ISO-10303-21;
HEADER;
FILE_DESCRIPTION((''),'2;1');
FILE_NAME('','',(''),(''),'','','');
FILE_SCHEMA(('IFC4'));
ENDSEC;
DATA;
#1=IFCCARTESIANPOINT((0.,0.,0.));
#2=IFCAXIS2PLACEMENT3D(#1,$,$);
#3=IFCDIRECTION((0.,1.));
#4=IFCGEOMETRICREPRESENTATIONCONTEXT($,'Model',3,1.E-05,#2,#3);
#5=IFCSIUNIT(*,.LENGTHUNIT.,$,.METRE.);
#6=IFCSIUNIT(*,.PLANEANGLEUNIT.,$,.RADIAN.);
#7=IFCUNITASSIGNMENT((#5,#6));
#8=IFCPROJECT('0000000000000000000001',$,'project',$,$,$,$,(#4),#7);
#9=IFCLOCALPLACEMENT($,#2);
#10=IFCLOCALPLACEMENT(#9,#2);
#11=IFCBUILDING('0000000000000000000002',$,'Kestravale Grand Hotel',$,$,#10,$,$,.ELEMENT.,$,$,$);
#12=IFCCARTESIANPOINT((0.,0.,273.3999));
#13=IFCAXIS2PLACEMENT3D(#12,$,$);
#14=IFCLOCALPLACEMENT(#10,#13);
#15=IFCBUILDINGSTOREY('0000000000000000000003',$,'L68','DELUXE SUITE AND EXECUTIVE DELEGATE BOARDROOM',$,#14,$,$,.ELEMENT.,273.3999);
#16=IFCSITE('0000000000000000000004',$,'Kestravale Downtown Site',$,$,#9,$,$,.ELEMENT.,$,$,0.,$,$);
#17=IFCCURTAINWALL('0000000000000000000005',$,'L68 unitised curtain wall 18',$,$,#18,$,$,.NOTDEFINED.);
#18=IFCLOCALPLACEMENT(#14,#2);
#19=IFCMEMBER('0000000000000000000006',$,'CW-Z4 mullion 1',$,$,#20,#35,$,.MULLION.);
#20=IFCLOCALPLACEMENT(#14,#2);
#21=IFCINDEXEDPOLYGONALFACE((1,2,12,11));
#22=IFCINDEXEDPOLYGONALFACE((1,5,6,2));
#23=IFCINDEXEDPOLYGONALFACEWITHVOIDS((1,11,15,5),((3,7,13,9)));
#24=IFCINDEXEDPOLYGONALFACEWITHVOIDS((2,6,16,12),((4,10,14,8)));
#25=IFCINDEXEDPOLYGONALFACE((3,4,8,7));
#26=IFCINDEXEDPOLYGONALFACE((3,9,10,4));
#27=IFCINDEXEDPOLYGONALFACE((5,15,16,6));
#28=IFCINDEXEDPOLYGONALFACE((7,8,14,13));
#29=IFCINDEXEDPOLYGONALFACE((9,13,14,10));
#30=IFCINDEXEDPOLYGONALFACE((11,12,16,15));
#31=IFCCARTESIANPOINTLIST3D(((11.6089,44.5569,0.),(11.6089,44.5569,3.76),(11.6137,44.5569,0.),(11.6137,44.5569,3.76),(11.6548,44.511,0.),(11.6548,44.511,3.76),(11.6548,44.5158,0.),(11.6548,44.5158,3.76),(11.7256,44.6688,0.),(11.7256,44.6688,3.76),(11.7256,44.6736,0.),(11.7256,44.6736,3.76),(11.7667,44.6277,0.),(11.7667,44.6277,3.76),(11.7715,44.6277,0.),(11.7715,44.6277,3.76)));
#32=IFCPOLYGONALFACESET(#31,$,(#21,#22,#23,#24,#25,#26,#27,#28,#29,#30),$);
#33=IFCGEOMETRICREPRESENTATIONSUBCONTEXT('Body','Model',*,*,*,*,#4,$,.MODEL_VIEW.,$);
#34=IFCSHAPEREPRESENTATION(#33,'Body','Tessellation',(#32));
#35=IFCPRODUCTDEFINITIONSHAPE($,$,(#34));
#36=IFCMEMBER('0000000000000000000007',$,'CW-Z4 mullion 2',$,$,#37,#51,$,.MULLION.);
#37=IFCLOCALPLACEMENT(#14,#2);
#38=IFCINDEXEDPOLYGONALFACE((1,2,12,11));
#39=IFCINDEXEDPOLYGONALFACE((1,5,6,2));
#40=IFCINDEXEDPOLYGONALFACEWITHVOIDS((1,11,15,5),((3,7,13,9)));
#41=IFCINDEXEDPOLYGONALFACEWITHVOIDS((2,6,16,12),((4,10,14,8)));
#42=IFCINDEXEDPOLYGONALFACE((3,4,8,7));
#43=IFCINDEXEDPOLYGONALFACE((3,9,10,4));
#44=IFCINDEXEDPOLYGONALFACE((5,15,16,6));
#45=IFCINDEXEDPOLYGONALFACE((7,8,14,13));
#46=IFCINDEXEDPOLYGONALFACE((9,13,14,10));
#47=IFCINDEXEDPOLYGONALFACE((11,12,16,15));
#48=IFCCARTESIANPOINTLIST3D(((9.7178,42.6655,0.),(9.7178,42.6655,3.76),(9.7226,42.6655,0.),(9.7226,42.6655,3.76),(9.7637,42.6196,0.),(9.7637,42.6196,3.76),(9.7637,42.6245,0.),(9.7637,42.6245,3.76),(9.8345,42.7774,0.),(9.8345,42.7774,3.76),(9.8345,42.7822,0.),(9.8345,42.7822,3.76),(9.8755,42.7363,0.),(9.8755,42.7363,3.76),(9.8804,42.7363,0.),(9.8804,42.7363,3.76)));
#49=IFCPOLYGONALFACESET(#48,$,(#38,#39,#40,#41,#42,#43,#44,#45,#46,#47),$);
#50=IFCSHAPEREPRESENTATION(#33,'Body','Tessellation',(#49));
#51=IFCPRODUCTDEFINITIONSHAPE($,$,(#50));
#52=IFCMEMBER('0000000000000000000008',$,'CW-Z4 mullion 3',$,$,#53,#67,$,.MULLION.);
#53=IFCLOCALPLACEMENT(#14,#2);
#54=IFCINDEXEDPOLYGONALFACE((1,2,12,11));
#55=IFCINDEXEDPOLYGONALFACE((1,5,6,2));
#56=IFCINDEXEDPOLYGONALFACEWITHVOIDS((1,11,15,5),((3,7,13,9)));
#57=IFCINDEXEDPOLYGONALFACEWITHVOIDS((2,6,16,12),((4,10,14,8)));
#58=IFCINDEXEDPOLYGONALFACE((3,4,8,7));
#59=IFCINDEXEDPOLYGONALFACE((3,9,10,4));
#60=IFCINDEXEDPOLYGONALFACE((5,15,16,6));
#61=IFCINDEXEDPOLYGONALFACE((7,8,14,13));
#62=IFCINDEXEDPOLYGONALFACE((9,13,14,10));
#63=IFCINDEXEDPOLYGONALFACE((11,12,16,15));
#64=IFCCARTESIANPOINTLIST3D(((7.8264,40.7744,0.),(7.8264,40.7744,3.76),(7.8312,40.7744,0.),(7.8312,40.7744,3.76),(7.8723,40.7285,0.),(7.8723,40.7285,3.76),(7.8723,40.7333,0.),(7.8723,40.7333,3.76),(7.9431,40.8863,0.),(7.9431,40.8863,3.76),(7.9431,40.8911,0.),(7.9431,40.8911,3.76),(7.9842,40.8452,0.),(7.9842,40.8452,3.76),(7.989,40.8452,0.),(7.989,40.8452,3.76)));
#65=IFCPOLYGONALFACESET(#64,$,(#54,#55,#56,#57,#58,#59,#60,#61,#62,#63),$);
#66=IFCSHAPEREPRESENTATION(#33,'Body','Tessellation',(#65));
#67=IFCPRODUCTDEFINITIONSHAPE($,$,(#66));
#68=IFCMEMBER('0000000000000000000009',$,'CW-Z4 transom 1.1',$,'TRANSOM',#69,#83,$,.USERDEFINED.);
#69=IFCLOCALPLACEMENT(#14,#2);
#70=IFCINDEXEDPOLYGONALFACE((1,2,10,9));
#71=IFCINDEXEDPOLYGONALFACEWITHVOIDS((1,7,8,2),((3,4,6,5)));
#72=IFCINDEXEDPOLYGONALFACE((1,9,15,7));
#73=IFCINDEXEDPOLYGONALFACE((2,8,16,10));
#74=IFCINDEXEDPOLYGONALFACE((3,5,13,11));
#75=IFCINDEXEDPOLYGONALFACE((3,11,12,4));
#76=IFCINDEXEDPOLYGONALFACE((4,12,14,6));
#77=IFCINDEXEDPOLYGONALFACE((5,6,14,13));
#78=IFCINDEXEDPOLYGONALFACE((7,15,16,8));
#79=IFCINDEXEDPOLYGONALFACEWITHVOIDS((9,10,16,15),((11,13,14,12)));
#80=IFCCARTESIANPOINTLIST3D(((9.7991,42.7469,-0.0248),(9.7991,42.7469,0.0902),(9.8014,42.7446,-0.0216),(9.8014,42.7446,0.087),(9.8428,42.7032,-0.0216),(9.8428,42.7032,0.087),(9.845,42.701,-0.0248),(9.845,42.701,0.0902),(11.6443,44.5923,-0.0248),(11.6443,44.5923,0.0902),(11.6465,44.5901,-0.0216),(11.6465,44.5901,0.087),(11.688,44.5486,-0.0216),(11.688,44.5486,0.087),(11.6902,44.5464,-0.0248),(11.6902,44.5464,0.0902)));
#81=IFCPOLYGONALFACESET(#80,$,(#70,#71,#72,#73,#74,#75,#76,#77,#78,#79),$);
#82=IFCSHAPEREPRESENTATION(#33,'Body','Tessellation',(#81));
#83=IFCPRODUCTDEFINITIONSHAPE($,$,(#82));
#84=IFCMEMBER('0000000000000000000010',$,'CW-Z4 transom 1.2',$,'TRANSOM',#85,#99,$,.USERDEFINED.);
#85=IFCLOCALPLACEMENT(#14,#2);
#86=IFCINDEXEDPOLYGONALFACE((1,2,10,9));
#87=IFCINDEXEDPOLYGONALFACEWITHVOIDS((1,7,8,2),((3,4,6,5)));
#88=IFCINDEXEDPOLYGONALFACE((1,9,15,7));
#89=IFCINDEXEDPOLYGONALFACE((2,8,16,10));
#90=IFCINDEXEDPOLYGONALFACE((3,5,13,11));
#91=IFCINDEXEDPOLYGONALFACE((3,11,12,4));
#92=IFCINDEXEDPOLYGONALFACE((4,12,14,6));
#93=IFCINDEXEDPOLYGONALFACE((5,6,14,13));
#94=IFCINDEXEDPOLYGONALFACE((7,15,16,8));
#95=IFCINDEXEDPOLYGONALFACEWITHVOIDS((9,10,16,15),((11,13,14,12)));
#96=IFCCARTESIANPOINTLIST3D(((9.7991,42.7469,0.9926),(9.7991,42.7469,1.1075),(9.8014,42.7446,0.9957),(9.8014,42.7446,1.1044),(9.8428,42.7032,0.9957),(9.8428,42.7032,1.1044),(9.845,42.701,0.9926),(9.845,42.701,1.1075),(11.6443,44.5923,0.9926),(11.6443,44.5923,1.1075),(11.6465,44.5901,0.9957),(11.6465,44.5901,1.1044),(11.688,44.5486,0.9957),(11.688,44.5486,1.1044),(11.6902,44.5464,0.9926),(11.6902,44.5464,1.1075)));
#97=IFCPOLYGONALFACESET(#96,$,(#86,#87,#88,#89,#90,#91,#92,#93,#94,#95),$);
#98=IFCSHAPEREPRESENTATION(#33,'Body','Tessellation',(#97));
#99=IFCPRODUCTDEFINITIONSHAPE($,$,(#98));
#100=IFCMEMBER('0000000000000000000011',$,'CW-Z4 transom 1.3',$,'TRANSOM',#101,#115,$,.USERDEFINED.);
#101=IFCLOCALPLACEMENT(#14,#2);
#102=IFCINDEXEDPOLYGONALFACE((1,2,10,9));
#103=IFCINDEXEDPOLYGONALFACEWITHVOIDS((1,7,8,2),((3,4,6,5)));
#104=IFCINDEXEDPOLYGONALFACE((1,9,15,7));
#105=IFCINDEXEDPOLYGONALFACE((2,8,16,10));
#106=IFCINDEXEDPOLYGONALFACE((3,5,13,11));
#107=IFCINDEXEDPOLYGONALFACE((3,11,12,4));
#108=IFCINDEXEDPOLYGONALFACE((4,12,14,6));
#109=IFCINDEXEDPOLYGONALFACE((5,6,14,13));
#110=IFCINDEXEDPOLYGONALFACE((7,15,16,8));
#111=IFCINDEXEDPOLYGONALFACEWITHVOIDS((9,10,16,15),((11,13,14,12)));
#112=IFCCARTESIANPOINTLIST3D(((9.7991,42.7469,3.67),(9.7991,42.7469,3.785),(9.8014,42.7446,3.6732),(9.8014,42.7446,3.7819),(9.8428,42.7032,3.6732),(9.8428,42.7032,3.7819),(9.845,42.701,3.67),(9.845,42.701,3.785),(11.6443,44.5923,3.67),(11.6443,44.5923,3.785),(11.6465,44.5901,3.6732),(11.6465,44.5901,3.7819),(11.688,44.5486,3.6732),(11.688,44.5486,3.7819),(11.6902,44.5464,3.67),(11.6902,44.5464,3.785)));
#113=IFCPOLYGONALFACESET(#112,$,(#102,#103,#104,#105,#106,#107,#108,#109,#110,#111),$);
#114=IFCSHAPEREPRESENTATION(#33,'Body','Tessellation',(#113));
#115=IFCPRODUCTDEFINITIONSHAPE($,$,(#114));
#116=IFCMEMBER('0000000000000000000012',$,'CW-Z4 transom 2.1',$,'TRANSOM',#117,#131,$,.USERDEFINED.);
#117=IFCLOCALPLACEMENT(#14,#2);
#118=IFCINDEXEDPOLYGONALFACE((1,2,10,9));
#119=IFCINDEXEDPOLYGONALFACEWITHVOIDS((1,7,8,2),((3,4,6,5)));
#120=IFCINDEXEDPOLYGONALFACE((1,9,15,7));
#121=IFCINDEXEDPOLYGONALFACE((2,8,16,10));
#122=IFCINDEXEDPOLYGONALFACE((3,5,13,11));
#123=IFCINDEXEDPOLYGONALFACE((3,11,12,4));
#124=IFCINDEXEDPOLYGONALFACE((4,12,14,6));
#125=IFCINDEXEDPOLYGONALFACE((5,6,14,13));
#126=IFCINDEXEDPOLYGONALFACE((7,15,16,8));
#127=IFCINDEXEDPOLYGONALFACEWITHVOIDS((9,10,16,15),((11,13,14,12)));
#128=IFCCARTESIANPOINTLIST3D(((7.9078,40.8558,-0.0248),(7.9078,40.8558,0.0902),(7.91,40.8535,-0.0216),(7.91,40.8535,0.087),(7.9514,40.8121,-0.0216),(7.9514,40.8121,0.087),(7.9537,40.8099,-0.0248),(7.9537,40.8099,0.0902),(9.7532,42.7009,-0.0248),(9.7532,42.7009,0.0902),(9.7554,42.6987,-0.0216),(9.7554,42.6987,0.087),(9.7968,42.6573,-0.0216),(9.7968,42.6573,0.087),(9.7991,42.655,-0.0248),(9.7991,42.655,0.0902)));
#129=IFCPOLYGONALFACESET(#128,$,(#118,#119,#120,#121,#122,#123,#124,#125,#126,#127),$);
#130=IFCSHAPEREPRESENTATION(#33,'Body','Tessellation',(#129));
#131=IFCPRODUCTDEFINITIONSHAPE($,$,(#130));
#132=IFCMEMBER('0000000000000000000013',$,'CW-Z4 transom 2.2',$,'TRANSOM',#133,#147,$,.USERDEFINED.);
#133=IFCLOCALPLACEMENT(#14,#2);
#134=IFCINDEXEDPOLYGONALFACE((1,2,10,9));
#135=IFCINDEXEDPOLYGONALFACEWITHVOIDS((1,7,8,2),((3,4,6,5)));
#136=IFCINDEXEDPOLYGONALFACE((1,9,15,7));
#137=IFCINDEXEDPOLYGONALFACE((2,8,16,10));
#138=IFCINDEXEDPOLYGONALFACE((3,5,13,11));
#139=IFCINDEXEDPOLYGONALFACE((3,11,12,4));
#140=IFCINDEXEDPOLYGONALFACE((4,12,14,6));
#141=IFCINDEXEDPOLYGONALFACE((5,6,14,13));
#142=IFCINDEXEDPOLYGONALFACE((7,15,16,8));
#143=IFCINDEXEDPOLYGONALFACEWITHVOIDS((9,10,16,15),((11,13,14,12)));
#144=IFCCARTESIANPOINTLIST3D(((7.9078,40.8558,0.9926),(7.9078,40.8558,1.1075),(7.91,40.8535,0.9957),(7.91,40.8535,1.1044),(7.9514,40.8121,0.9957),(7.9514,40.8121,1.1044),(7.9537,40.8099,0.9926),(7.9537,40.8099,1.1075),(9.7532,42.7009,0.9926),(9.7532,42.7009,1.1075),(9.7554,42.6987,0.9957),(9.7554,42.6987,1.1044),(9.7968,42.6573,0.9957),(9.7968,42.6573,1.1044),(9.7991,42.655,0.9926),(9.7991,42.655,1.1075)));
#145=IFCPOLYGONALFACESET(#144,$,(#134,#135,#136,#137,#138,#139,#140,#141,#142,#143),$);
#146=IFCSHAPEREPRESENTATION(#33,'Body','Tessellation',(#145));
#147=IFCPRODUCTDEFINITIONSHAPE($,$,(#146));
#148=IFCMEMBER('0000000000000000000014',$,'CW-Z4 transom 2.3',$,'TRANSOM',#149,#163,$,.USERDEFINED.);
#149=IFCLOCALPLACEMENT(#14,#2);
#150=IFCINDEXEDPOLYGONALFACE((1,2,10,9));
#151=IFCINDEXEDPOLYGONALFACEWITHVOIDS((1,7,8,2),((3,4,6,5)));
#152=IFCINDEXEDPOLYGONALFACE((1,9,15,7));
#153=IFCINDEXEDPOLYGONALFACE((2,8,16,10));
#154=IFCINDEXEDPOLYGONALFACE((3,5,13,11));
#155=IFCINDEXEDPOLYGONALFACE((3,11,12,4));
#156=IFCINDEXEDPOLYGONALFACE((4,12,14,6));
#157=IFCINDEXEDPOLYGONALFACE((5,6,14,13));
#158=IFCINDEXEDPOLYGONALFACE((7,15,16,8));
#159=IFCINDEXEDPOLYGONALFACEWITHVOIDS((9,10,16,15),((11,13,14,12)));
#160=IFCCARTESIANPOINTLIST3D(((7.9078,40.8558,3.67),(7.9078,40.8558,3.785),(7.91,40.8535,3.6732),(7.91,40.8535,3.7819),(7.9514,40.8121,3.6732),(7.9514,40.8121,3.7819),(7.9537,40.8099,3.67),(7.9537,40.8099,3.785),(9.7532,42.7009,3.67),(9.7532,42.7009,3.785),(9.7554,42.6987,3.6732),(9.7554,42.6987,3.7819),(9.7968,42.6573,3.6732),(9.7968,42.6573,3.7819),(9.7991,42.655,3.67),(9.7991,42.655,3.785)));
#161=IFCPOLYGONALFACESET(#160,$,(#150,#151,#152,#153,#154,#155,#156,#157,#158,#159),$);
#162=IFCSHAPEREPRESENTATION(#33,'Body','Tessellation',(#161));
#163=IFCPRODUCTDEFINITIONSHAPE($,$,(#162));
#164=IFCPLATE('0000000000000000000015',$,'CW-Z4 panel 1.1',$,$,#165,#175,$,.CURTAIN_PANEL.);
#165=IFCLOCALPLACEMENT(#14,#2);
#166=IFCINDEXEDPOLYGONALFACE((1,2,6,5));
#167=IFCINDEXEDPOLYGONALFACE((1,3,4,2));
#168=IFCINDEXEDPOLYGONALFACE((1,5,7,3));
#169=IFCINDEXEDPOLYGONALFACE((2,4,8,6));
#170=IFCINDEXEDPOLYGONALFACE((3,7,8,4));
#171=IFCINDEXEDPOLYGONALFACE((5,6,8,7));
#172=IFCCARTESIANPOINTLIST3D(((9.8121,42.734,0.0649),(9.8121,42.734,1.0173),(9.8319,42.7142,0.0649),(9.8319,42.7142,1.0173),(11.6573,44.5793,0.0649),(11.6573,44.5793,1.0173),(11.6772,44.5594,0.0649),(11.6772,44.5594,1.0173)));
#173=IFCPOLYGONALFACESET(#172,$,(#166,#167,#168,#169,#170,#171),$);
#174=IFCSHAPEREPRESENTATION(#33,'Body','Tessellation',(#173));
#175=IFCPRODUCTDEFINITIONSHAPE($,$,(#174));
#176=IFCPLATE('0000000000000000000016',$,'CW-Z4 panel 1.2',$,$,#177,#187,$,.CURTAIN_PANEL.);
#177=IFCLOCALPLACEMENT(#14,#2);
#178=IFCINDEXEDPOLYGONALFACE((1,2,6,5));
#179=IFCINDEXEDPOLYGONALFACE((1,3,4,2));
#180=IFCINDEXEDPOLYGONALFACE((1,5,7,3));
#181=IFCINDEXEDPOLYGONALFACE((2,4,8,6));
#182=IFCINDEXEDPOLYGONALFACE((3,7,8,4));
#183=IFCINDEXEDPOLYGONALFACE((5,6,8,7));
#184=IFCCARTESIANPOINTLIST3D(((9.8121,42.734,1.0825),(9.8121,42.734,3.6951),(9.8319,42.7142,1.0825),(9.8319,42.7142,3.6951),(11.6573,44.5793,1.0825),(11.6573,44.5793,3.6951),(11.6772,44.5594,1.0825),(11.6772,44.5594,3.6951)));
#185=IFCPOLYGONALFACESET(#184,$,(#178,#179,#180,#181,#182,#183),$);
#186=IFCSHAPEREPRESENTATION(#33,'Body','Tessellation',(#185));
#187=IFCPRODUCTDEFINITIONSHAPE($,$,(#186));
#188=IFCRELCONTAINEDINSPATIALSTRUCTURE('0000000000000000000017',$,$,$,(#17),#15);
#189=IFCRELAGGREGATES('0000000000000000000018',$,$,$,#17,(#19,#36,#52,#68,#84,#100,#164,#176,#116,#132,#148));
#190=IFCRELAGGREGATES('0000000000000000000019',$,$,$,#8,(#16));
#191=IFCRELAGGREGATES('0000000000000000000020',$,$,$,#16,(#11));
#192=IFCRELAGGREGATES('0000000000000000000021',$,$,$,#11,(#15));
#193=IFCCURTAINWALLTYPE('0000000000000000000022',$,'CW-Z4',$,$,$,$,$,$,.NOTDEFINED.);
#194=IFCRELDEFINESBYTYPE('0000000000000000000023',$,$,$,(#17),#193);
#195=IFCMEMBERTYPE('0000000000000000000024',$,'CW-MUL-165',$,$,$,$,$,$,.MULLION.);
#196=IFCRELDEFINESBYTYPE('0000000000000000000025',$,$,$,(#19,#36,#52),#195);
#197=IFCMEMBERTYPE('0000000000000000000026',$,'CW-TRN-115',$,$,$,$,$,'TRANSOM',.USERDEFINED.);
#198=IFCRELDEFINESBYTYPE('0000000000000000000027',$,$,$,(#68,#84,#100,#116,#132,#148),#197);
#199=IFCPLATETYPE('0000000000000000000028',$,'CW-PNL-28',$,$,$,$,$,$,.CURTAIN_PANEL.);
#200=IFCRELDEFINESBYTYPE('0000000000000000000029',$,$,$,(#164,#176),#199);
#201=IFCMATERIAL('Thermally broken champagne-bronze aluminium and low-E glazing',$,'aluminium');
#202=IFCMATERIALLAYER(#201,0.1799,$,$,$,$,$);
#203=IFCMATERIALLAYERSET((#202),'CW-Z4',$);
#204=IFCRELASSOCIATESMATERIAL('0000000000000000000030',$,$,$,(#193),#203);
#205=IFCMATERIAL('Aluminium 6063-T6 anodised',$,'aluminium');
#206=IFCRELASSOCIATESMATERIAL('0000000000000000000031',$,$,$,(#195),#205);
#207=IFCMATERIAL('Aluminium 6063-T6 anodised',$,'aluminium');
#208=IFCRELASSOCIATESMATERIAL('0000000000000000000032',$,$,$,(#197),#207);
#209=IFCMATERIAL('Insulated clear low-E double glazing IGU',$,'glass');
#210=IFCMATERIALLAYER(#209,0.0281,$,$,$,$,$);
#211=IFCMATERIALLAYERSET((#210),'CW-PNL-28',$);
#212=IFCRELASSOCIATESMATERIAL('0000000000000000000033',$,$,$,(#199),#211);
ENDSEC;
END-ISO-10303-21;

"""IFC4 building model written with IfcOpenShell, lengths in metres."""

from ifc_helpers import new_model, si_unit, direction, frame, origin, origin_2d, place, context, subcontext, project, spatial, rectangle, hollow_rectangle, extrude, material, layer, layer_set, material_profile, profile_set, type_object, element, aggregate, save


model = new_model("IFC4")

# Units and contexts
model_context = context("Model", 3, precision=1e-05, world=origin(), true_north=direction((0.0, 1.0)))
body_context = subcontext(model_context, "Body", "Model", "MODEL_VIEW")
ifc_project = project(units=[si_unit("LENGTHUNIT", "METRE"), si_unit("PLANEANGLEUNIT", "RADIAN")], contexts=[model_context])

# Site, building, storey
site_placement = place(None, origin())
site = spatial("IfcSite", under=ifc_project, at=site_placement, Name="Kestravale Downtown Site", CompositionType="ELEMENT", RefElevation=0.0)
building_placement = place(site_placement, origin())
building = spatial("IfcBuilding", under=site, at=building_placement, Name="Kestravale Grand Hotel", CompositionType="ELEMENT")
storey_placement = place(building_placement, frame((0.0, 0.0, 273.3999)))
storey = spatial("IfcBuildingStorey", under=building, at=storey_placement, Name="L68", Description="DELUXE SUITE AND EXECUTIVE DELEGATE BOARDROOM", CompositionType="ELEMENT", Elevation=273.3999)

# Curtain wall, members, plates
ifc_material_1 = material(Name="Thermally broken champagne-bronze aluminium and low-E glazing", Category="aluminium")
ifc_layer_1 = layer(ifc_material_1, 0.1799)
ifc_layer_set_1 = layer_set([ifc_layer_1], Name="CW-Z4")
curtain_wall_type = type_object("IfcCurtainWallType", Name="CW-Z4", PredefinedType="NOTDEFINED", material=ifc_layer_set_1)
curtain_wall_placement = place(storey_placement, origin())
curtain_wall = element("IfcCurtainWall", 1, at=curtain_wall_placement, inside=storey, type_object=curtain_wall_type, Name="L68 unitised curtain wall 18", PredefinedType="NOTDEFINED")
ifc_material_2 = material(Name="Aluminium 6063-T6 anodised", Category="aluminium")
ifc_material_profile_1 = material_profile(ifc_material_2, hollow_rectangle(XDim=0.0649, YDim=0.165, WallThickness=0.0034, at=origin_2d()))
ifc_profile_set_1 = profile_set([ifc_material_profile_1], Name="Aluminium 6063-T6 anodised")
member_type_1 = type_object("IfcMemberType", Name="CW-MUL-165", PredefinedType="MULLION", material=ifc_profile_set_1)
member_1_placement = place(storey_placement, frame((11.6902, 44.5923, 0.0), z_axis=(0.0, 0.0, 1.0), x_axis=(0.707107, -0.707107, 0.0)))
member_1 = element("IfcMember", 2, at=member_1_placement, type_object=member_type_1, Name="CW-Z4 mullion 1", PredefinedType="MULLION", context=body_context, shape_type="SweptSolid", body=[
    extrude(hollow_rectangle(XDim=0.0649, YDim=0.165, WallThickness=0.0034, at=origin_2d()), origin(), (0.0, 0.0, 1.0), 3.76),
])
member_2_placement = place(storey_placement, frame((9.7991, 42.7009, 0.0), z_axis=(0.0, 0.0, 1.0), x_axis=(0.707107, -0.707107, 0.0)))
member_2 = element("IfcMember", 3, at=member_2_placement, type_object=member_type_1, Name="CW-Z4 mullion 2", PredefinedType="MULLION", context=body_context, shape_type="SweptSolid", body=[
    extrude(hollow_rectangle(XDim=0.0649, YDim=0.165, WallThickness=0.0034, at=origin_2d()), origin(), (0.0, 0.0, 1.0), 3.76),
])
member_3_placement = place(storey_placement, frame((7.9077, 40.8098, 0.0), z_axis=(0.0, 0.0, 1.0), x_axis=(0.707107, -0.707107, 0.0)))
member_3 = element("IfcMember", 4, at=member_3_placement, type_object=member_type_1, Name="CW-Z4 mullion 3", PredefinedType="MULLION", context=body_context, shape_type="SweptSolid", body=[
    extrude(hollow_rectangle(XDim=0.0649, YDim=0.165, WallThickness=0.0034, at=origin_2d()), origin(), (0.0, 0.0, 1.0), 3.76),
])
ifc_material_3 = material(Name="Aluminium 6063-T6 anodised", Category="aluminium")
ifc_material_profile_2 = material_profile(ifc_material_3, hollow_rectangle(XDim=0.0649, YDim=0.115, WallThickness=0.0032, at=origin_2d()))
ifc_profile_set_2 = profile_set([ifc_material_profile_2], Name="Aluminium 6063-T6 anodised")
member_type_2 = type_object("IfcMemberType", Name="CW-TRN-115", ElementType="TRANSOM", PredefinedType="USERDEFINED", material=ifc_profile_set_2)
member_4_placement = place(storey_placement, frame((11.6672, 44.5693, 0.0327), z_axis=(-0.70706, -0.707154, 0.0), x_axis=(0.707154, -0.70706, 0.0)))
member_4 = element("IfcMember", 5, at=member_4_placement, type_object=member_type_2, Name="CW-Z4 transom 1.1", ObjectType="TRANSOM", PredefinedType="USERDEFINED", context=body_context, shape_type="SweptSolid", body=[
    extrude(hollow_rectangle(XDim=0.0649, YDim=0.115, WallThickness=0.0032, at=origin_2d()), origin(), (0.0, 0.0, 1.0), 2.6096),
])
member_5_placement = place(storey_placement, frame((11.6672, 44.5693, 1.05), z_axis=(-0.70706, -0.707154, 0.0), x_axis=(0.707154, -0.70706, 0.0)))
member_5 = element("IfcMember", 6, at=member_5_placement, type_object=member_type_2, Name="CW-Z4 transom 1.2", ObjectType="TRANSOM", PredefinedType="USERDEFINED", context=body_context, shape_type="SweptSolid", body=[
    extrude(hollow_rectangle(XDim=0.0649, YDim=0.115, WallThickness=0.0032, at=origin_2d()), origin(), (0.0, 0.0, 1.0), 2.6096),
])
member_6_placement = place(storey_placement, frame((11.6672, 44.5693, 3.7275), z_axis=(-0.70706, -0.707154, 0.0), x_axis=(0.707154, -0.70706, 0.0)))
member_6 = element("IfcMember", 7, at=member_6_placement, type_object=member_type_2, Name="CW-Z4 transom 1.3", ObjectType="TRANSOM", PredefinedType="USERDEFINED", context=body_context, shape_type="SweptSolid", body=[
    extrude(hollow_rectangle(XDim=0.0649, YDim=0.115, WallThickness=0.0032, at=origin_2d()), origin(), (0.0, 0.0, 1.0), 2.6096),
])
member_7_placement = place(storey_placement, frame((9.7761, 42.678, 0.0327), z_axis=(-0.707154, -0.70706, 0.0), x_axis=(0.70706, -0.707154, 0.0)))
member_7 = element("IfcMember", 8, at=member_7_placement, type_object=member_type_2, Name="CW-Z4 transom 2.1", ObjectType="TRANSOM", PredefinedType="USERDEFINED", context=body_context, shape_type="SweptSolid", body=[
    extrude(hollow_rectangle(XDim=0.0649, YDim=0.115, WallThickness=0.0032, at=origin_2d()), origin(), (0.0, 0.0, 1.0), 2.6096),
])
member_8_placement = place(storey_placement, frame((9.7761, 42.678, 1.05), z_axis=(-0.707154, -0.70706, 0.0), x_axis=(0.70706, -0.707154, 0.0)))
member_8 = element("IfcMember", 9, at=member_8_placement, type_object=member_type_2, Name="CW-Z4 transom 2.2", ObjectType="TRANSOM", PredefinedType="USERDEFINED", context=body_context, shape_type="SweptSolid", body=[
    extrude(hollow_rectangle(XDim=0.0649, YDim=0.115, WallThickness=0.0032, at=origin_2d()), origin(), (0.0, 0.0, 1.0), 2.6096),
])
member_9_placement = place(storey_placement, frame((9.7761, 42.678, 3.7275), z_axis=(-0.707154, -0.70706, 0.0), x_axis=(0.70706, -0.707154, 0.0)))
member_9 = element("IfcMember", 10, at=member_9_placement, type_object=member_type_2, Name="CW-Z4 transom 2.3", ObjectType="TRANSOM", PredefinedType="USERDEFINED", context=body_context, shape_type="SweptSolid", body=[
    extrude(hollow_rectangle(XDim=0.0649, YDim=0.115, WallThickness=0.0032, at=origin_2d()), origin(), (0.0, 0.0, 1.0), 2.6096),
])
ifc_material_4 = material(Name="Insulated clear low-E double glazing IGU", Category="glass")
ifc_layer_2 = layer(ifc_material_4, 0.0281)
ifc_layer_set_2 = layer_set([ifc_layer_2], Name="CW-PNL-28")
plate_type = type_object("IfcPlateType", Name="CW-PNL-28", PredefinedType="CURTAIN_PANEL", material=ifc_layer_set_2)
plate_1_placement = place(storey_placement, frame((10.7446, 43.6467, 0.0649), z_axis=(0.0, 0.0, 1.0), x_axis=(-0.707107, -0.707107, 0.0)))
plate_1 = element("IfcPlate", 11, at=plate_1_placement, type_object=plate_type, Name="CW-Z4 panel 1.1", PredefinedType="CURTAIN_PANEL", context=body_context, shape_type="SweptSolid", body=[
    extrude(rectangle(XDim=2.6096, YDim=0.0281, at=origin_2d()), origin(), (0.0, 0.0, 1.0), 0.9524),
])
plate_2_placement = place(storey_placement, frame((10.7446, 43.6467, 1.0825), z_axis=(0.0, 0.0, 1.0), x_axis=(-0.707107, -0.707107, 0.0)))
plate_2 = element("IfcPlate", 12, at=plate_2_placement, type_object=plate_type, Name="CW-Z4 panel 1.2", PredefinedType="CURTAIN_PANEL", context=body_context, shape_type="SweptSolid", body=[
    extrude(rectangle(XDim=2.6096, YDim=0.0281, at=origin_2d()), origin(), (0.0, 0.0, 1.0), 2.6125),
])
aggregate(curtain_wall, [member_1, member_2, member_3, member_4, member_5, member_6, plate_1, plate_2, member_7, member_8, member_9])

save(model, "model.ifc")
